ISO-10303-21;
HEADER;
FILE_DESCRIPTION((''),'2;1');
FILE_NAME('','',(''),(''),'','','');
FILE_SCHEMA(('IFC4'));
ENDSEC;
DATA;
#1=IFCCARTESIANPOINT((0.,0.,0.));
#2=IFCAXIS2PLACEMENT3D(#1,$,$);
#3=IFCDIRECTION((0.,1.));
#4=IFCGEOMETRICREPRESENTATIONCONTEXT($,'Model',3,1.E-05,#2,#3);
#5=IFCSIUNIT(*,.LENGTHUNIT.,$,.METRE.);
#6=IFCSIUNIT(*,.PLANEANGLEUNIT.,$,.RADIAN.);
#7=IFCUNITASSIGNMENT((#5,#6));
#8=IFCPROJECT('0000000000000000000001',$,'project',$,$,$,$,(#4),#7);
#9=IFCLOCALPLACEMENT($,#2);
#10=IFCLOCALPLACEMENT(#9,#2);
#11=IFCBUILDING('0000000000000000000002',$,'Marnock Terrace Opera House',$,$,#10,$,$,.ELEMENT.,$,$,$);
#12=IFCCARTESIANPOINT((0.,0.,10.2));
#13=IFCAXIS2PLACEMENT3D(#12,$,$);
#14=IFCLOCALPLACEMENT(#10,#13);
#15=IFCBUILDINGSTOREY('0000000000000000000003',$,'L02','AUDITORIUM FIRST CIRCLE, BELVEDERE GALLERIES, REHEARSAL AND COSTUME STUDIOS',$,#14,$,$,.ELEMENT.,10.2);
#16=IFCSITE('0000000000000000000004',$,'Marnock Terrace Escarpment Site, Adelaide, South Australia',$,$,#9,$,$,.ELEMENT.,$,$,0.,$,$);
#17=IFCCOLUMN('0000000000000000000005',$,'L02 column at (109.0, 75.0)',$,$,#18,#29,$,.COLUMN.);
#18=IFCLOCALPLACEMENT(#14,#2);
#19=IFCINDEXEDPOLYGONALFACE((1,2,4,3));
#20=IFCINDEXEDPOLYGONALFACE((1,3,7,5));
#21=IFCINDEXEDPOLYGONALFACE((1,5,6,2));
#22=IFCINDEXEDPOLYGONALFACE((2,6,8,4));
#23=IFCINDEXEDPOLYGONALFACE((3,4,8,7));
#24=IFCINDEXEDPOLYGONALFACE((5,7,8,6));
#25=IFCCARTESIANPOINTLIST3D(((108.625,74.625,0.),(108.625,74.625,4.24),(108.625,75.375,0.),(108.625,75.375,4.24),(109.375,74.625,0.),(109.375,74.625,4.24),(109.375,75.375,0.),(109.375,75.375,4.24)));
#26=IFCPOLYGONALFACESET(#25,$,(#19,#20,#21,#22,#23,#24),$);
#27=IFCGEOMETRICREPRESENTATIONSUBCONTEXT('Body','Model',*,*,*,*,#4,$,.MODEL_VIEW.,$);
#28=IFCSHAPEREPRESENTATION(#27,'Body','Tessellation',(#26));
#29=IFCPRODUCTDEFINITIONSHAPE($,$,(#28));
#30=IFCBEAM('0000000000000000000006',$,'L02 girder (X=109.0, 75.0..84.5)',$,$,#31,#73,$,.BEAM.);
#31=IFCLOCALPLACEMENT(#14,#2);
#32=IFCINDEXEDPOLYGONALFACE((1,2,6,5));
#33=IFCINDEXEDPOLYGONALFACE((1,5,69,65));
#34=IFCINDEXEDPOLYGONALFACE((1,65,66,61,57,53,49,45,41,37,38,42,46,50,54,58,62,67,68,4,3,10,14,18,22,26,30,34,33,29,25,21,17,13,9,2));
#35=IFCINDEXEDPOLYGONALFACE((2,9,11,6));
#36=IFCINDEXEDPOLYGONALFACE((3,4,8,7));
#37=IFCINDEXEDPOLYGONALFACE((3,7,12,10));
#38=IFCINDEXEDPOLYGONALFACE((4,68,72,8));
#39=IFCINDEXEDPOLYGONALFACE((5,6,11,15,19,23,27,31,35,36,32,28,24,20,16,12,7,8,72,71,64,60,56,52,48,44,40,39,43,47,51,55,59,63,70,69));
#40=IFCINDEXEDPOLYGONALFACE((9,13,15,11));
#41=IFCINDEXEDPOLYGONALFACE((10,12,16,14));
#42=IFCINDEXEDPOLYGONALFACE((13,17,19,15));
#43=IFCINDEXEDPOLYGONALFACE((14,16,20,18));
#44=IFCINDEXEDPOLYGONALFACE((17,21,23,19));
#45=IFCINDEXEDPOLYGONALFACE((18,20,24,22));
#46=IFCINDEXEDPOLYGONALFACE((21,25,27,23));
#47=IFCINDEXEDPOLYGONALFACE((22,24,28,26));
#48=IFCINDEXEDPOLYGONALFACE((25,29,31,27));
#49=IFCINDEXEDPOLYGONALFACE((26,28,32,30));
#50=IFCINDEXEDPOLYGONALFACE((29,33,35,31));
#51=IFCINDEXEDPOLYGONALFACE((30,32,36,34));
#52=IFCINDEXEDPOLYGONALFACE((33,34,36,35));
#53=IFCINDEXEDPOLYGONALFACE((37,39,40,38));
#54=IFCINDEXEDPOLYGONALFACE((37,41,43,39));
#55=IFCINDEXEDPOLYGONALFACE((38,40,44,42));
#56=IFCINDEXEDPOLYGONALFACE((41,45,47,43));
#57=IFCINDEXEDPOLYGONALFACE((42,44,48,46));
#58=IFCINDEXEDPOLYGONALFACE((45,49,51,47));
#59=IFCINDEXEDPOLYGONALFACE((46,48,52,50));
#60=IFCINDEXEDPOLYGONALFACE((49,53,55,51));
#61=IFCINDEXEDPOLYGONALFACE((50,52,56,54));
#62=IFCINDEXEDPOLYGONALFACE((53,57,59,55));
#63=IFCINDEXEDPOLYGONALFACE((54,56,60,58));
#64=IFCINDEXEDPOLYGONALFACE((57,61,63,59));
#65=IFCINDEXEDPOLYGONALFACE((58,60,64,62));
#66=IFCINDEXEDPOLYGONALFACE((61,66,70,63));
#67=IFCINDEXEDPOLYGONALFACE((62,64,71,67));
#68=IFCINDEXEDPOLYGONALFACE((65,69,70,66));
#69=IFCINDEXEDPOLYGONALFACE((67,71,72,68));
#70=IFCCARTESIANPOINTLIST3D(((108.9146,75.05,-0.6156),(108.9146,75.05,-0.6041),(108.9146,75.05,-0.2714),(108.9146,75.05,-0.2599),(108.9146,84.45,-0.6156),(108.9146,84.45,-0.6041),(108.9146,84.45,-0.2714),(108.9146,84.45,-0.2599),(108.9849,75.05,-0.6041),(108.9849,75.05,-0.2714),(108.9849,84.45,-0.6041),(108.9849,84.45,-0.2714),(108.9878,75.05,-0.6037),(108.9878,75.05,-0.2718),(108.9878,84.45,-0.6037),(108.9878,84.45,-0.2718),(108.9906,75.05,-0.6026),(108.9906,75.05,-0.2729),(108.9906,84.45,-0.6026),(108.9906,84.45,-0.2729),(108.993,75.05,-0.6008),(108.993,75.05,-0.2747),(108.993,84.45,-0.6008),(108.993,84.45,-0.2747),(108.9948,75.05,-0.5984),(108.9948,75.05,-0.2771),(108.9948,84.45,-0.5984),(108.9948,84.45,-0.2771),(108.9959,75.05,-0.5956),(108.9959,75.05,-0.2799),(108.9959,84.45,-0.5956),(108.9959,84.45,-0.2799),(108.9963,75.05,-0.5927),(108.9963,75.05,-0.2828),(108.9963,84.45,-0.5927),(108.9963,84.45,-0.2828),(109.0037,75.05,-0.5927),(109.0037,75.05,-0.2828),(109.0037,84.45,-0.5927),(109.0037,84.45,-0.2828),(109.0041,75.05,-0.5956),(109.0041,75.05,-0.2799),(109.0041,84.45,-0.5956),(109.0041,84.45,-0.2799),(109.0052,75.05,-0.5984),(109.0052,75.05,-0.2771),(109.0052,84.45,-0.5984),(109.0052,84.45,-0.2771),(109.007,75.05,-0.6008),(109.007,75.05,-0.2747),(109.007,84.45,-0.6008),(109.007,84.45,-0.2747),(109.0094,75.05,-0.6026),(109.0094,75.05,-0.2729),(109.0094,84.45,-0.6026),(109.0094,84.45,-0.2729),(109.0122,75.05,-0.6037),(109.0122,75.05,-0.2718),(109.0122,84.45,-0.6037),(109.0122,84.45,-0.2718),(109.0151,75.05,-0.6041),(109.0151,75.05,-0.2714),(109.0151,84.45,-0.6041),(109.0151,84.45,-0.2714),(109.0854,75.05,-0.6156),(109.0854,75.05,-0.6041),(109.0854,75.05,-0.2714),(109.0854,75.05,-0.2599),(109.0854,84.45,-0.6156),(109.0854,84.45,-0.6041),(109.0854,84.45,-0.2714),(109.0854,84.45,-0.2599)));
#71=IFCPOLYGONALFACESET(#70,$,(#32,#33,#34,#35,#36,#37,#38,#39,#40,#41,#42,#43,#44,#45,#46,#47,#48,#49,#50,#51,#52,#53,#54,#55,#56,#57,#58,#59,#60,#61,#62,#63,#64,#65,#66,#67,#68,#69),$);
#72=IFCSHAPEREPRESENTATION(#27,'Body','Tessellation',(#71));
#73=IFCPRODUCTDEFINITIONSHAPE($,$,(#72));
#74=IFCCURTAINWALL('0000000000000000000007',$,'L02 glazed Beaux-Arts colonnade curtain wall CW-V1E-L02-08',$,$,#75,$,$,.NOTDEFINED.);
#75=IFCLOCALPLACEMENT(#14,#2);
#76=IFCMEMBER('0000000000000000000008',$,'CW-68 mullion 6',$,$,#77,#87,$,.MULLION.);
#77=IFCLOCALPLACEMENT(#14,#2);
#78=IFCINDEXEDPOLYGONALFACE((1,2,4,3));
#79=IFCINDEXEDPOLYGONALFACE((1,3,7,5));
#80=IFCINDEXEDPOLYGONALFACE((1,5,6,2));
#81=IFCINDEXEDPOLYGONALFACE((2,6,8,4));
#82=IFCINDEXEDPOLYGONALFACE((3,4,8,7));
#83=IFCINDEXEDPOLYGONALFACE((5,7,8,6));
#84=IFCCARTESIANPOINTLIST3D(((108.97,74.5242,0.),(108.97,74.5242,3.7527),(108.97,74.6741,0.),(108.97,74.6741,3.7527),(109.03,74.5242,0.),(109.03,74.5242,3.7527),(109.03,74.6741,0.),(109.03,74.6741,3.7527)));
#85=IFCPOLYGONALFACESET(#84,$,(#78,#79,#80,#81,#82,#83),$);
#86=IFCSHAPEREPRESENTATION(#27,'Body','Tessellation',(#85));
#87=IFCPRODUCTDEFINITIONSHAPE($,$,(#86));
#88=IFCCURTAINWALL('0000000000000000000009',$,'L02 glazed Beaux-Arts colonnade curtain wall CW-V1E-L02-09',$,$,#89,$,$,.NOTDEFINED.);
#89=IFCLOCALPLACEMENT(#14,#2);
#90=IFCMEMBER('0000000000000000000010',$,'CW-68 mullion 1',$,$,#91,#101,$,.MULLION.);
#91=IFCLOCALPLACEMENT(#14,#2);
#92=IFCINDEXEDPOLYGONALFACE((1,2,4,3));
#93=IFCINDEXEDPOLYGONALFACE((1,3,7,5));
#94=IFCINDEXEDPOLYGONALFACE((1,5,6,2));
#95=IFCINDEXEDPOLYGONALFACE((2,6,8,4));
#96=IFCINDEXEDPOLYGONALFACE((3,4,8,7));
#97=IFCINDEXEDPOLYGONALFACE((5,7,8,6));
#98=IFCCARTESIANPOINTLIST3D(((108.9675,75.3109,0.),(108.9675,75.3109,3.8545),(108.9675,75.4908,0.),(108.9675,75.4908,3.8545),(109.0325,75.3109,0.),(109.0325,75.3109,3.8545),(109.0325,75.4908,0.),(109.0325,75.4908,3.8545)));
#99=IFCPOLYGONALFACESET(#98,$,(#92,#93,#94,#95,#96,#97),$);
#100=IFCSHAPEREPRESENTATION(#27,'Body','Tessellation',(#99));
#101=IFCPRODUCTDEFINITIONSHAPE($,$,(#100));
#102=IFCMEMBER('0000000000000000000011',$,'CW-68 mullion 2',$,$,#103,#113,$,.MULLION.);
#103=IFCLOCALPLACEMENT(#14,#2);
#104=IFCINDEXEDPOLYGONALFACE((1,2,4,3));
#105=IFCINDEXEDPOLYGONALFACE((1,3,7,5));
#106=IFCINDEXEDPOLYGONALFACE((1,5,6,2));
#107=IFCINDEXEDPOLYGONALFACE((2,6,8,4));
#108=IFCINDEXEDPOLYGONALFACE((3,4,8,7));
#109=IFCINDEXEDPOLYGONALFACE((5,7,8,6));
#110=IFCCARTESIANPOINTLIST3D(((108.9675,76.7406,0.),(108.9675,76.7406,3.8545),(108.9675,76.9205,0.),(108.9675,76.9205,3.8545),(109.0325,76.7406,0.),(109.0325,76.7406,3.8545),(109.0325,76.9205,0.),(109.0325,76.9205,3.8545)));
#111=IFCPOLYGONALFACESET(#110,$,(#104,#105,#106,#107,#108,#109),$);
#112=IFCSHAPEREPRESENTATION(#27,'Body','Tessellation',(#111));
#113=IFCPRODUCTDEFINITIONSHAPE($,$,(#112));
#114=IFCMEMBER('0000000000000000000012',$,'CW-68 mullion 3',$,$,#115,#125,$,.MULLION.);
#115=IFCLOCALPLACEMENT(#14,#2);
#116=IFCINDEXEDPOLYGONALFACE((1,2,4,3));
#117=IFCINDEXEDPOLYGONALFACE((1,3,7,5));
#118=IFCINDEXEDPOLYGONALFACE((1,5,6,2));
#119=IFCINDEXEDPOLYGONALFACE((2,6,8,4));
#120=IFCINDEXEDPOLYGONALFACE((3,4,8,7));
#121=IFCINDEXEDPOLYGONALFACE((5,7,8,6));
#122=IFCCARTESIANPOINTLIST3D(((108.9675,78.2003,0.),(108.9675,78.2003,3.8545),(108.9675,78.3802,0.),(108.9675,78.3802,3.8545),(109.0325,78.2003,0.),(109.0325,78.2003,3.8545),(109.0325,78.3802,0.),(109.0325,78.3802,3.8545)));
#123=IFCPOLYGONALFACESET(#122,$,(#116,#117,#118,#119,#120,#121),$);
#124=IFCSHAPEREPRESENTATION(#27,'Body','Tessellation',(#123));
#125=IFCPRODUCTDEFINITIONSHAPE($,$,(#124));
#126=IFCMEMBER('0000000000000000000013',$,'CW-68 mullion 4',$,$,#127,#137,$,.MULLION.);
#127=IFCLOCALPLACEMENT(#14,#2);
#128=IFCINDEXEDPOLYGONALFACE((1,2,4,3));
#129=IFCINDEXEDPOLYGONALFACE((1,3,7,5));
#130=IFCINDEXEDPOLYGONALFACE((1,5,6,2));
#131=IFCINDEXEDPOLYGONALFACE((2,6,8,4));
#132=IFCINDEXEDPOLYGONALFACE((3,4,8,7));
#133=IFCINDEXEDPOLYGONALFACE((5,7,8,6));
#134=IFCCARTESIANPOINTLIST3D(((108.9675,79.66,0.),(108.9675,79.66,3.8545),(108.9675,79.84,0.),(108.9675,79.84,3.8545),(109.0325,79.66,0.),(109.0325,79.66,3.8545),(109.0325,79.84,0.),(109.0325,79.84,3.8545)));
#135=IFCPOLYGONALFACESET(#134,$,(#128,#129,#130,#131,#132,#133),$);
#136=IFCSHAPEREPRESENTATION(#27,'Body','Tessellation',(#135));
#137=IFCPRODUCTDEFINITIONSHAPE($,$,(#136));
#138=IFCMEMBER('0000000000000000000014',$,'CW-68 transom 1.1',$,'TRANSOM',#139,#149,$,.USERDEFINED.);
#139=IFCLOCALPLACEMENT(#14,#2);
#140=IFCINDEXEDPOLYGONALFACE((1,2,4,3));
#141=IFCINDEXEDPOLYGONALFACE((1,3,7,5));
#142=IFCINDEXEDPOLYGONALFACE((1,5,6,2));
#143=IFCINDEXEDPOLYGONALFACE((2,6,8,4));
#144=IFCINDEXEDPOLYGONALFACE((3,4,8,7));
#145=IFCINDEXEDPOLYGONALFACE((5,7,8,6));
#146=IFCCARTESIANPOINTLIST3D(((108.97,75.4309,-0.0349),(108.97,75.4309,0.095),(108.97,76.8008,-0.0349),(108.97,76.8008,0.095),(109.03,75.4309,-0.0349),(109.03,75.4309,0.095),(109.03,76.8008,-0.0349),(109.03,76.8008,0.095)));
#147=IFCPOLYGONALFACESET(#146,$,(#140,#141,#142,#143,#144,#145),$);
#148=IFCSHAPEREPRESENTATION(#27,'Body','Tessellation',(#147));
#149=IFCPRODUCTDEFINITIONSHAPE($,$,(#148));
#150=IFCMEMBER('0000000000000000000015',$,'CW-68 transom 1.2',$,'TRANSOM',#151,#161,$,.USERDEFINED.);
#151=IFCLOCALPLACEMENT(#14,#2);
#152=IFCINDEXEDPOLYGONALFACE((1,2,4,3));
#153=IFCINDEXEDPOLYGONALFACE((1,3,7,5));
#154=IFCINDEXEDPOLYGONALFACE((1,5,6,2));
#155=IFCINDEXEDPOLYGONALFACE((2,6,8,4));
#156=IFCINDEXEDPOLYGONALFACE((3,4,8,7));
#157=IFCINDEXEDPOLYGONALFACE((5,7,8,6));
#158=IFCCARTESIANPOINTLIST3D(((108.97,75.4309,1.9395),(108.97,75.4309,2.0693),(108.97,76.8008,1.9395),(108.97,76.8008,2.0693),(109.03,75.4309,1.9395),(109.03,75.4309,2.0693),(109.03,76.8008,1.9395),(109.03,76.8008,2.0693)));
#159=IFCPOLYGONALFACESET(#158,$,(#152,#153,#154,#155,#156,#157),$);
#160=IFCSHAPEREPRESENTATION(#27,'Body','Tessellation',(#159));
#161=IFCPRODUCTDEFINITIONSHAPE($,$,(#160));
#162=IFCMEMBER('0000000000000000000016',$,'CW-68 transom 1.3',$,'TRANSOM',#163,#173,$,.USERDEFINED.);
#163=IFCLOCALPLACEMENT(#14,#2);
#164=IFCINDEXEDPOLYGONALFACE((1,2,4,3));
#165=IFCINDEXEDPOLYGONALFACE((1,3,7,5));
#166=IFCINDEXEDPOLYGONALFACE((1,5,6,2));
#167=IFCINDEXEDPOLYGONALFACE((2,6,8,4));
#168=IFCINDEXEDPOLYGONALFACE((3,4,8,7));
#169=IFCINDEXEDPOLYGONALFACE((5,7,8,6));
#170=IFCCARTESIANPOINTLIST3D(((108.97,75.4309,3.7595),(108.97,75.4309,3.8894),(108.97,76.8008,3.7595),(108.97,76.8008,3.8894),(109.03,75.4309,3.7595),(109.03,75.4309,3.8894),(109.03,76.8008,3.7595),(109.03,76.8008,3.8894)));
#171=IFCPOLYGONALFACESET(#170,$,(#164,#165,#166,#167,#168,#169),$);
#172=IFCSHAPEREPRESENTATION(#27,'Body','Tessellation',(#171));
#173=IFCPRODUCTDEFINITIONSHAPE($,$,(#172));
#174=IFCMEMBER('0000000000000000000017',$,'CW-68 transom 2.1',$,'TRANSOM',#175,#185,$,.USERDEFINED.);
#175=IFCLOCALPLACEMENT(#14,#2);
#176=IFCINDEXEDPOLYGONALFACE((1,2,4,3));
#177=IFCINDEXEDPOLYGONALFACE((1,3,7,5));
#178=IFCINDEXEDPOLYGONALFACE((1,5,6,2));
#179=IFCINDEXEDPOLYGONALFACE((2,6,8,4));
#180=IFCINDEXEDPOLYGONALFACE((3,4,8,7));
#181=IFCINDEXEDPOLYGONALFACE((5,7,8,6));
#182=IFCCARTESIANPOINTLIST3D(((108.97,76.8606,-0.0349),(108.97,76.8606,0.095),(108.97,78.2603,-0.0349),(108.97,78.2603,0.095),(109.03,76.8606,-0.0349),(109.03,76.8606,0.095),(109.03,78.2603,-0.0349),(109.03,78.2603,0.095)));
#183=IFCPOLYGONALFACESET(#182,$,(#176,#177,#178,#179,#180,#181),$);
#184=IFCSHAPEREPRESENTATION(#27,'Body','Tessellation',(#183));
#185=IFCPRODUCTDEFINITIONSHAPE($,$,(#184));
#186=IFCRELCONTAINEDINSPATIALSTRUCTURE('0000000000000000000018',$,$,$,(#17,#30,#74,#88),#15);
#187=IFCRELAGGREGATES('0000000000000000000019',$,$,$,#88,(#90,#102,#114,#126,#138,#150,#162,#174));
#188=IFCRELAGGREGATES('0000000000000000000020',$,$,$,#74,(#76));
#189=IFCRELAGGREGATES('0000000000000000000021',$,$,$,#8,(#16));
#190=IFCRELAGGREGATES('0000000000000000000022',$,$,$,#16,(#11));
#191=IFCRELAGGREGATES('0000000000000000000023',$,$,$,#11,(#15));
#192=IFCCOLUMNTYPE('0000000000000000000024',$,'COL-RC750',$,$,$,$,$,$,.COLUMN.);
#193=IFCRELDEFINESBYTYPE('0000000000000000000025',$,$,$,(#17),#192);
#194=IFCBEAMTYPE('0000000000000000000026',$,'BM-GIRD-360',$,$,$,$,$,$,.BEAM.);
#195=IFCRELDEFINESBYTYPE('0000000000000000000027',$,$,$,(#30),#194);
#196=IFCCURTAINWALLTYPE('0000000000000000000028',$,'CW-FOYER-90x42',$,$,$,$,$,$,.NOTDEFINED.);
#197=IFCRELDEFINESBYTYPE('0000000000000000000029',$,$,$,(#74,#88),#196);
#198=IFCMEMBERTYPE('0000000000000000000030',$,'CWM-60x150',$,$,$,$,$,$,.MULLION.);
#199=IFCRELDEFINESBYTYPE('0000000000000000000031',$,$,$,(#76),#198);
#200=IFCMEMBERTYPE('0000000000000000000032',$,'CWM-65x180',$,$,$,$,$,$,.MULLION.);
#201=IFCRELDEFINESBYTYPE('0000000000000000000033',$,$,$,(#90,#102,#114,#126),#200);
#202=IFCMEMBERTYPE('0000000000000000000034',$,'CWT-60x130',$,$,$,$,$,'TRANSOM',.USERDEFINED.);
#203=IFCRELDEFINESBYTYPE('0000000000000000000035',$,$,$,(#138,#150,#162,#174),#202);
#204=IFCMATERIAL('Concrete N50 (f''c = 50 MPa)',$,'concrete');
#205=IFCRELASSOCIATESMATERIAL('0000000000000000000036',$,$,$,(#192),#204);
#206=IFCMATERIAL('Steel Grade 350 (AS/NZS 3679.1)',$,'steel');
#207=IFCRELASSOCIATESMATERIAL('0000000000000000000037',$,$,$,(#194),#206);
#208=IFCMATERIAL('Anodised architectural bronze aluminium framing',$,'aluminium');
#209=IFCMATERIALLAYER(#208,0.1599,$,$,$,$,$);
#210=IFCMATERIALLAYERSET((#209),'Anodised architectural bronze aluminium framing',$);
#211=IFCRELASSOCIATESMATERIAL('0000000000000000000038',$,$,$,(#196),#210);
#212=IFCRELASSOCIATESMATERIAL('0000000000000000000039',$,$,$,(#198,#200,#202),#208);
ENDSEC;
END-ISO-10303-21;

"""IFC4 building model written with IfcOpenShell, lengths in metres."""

from ifc_helpers import new_model, si_unit, direction, frame, origin, origin_2d, place, context, subcontext, project, spatial, rectangle, i_section, extrude, material, layer, layer_set, material_profile, profile_set, type_object, element, aggregate, save


model = new_model("IFC4")

# Units and contexts
model_context = context("Model", 3, precision=1e-05, world=origin(), true_north=direction((0.0, 1.0)))
body_context = subcontext(model_context, "Body", "Model", "MODEL_VIEW")
ifc_project = project(units=[si_unit("LENGTHUNIT", "METRE"), si_unit("PLANEANGLEUNIT", "RADIAN")], contexts=[model_context])

# Site, building, storey
site_placement = place(None, origin())
site = spatial("IfcSite", under=ifc_project, at=site_placement, Name="Marnock Terrace Escarpment Site, Adelaide, South Australia", CompositionType="ELEMENT", RefElevation=0.0)
building_placement = place(site_placement, origin())
building = spatial("IfcBuilding", under=site, at=building_placement, Name="Marnock Terrace Opera House", CompositionType="ELEMENT")
storey_placement = place(building_placement, frame((0.0, 0.0, 10.2)))
storey = spatial("IfcBuildingStorey", under=building, at=storey_placement, Name="L02", Description="AUDITORIUM FIRST CIRCLE, BELVEDERE GALLERIES, REHEARSAL AND COSTUME STUDIOS", CompositionType="ELEMENT", Elevation=10.2)

# Column
ifc_material_1 = material(Name="Concrete N50 (f'c = 50 MPa)", Category="concrete")
ifc_material_profile_1 = material_profile(ifc_material_1, rectangle(XDim=0.75, YDim=0.75, at=origin_2d()))
ifc_profile_set_1 = profile_set([ifc_material_profile_1], Name="Concrete N50 (f'c = 50 MPa)")
column_type = type_object("IfcColumnType", Name="COL-RC750", PredefinedType="COLUMN", material=ifc_profile_set_1)
column_placement = place(storey_placement, frame((109.0, 75.0, 0.0), z_axis=(0.0, 0.0, 1.0), x_axis=(1.0, 0.0, 0.0)))
element("IfcColumn", 1, at=column_placement, inside=storey, type_object=column_type, Name="L02 column at (109.0, 75.0)", PredefinedType="COLUMN", context=body_context, shape_type="SweptSolid", body=[
    extrude(rectangle(XDim=0.75, YDim=0.75, at=origin_2d()), origin(), (0.0, 0.0, 1.0), 4.24),
])

# Beam
ifc_material_2 = material(Name="Steel Grade 350 (AS/NZS 3679.1)", Category="steel")
ifc_material_profile_2 = material_profile(ifc_material_2, i_section(OverallWidth=0.1709, OverallDepth=0.3557, WebThickness=0.0073, FlangeThickness=0.0115, FilletRadius=0.0115, at=origin_2d()))
ifc_profile_set_2 = profile_set([ifc_material_profile_2], Name="Steel Grade 350 (AS/NZS 3679.1)")
beam_type = type_object("IfcBeamType", Name="BM-GIRD-360", PredefinedType="BEAM", material=ifc_profile_set_2)
beam_placement = place(storey_placement, frame((109.0, 75.05, -0.4377), z_axis=(0.0, 1.0, 0.0), x_axis=(-1.0, 0.0, 0.0)))
element("IfcBeam", 2, at=beam_placement, inside=storey, type_object=beam_type, Name="L02 girder (X=109.0, 75.0..84.5)", PredefinedType="BEAM", context=body_context, shape_type="SweptSolid", body=[
    extrude(i_section(OverallWidth=0.1709, OverallDepth=0.3557, WebThickness=0.0073, FlangeThickness=0.0115, FilletRadius=0.0115, at=origin_2d()), origin(), (0.0, 0.0, 1.0), 9.3999),
])

# Curtain wall, member
ifc_material_3 = material(Name="Anodised architectural bronze aluminium framing", Category="aluminium")
ifc_layer_1 = layer(ifc_material_3, 0.1599)
ifc_layer_set_1 = layer_set([ifc_layer_1], Name="Anodised architectural bronze aluminium framing")
curtain_wall_type = type_object("IfcCurtainWallType", Name="CW-FOYER-90x42", PredefinedType="NOTDEFINED", material=ifc_layer_set_1)
curtain_wall_1_placement = place(storey_placement, origin())
curtain_wall_1 = element("IfcCurtainWall", 3, at=curtain_wall_1_placement, inside=storey, type_object=curtain_wall_type, Name="L02 glazed Beaux-Arts colonnade curtain wall CW-V1E-L02-08", PredefinedType="NOTDEFINED")
ifc_material_profile_3 = material_profile(ifc_material_3, rectangle(XDim=0.0601, YDim=0.1499, at=origin_2d()))
ifc_profile_set_3 = profile_set([ifc_material_profile_3], Name="Anodised architectural bronze aluminium framing")
member_type_1 = type_object("IfcMemberType", Name="CWM-60x150", PredefinedType="MULLION", material=ifc_profile_set_3)
member_1_placement = place(storey_placement, frame((109.0, 74.5991, 0.0), z_axis=(0.0, 0.0, 1.0), x_axis=(-1.0, 0.0, 0.0)))
member_1 = element("IfcMember", 4, at=member_1_placement, type_object=member_type_1, Name="CW-68 mullion 6", PredefinedType="MULLION", context=body_context, shape_type="SweptSolid", body=[
    extrude(rectangle(XDim=0.0601, YDim=0.1499, at=origin_2d()), origin(), (0.0, 0.0, 1.0), 3.7527),
])

# Curtain wall, members
curtain_wall_2_placement = place(storey_placement, origin())
curtain_wall_2 = element("IfcCurtainWall", 5, at=curtain_wall_2_placement, inside=storey, type_object=curtain_wall_type, Name="L02 glazed Beaux-Arts colonnade curtain wall CW-V1E-L02-09", PredefinedType="NOTDEFINED")
ifc_material_profile_4 = material_profile(ifc_material_3, rectangle(XDim=0.0649, YDim=0.1799, at=origin_2d()))
ifc_profile_set_4 = profile_set([ifc_material_profile_4], Name="Anodised architectural bronze aluminium framing")
member_type_2 = type_object("IfcMemberType", Name="CWM-65x180", PredefinedType="MULLION", material=ifc_profile_set_4)
member_2_placement = place(storey_placement, frame((109.0, 75.4009, 0.0), z_axis=(0.0, 0.0, 1.0), x_axis=(-1.0, 0.0, 0.0)))
member_2 = element("IfcMember", 6, at=member_2_placement, type_object=member_type_2, Name="CW-68 mullion 1", PredefinedType="MULLION", context=body_context, shape_type="SweptSolid", body=[
    extrude(rectangle(XDim=0.0649, YDim=0.1799, at=origin_2d()), origin(), (0.0, 0.0, 1.0), 3.8545),
])
member_3_placement = place(storey_placement, frame((109.0, 76.8306, 0.0), z_axis=(0.0, 0.0, 1.0), x_axis=(-1.0, 0.0, 0.0)))
member_3 = element("IfcMember", 7, at=member_3_placement, type_object=member_type_2, Name="CW-68 mullion 2", PredefinedType="MULLION", context=body_context, shape_type="SweptSolid", body=[
    extrude(rectangle(XDim=0.0649, YDim=0.1799, at=origin_2d()), origin(), (0.0, 0.0, 1.0), 3.8545),
])
member_4_placement = place(storey_placement, frame((109.0, 78.2903, 0.0), z_axis=(0.0, 0.0, 1.0), x_axis=(-1.0, 0.0, 0.0)))
member_4 = element("IfcMember", 8, at=member_4_placement, type_object=member_type_2, Name="CW-68 mullion 3", PredefinedType="MULLION", context=body_context, shape_type="SweptSolid", body=[
    extrude(rectangle(XDim=0.0649, YDim=0.1799, at=origin_2d()), origin(), (0.0, 0.0, 1.0), 3.8545),
])
member_5_placement = place(storey_placement, frame((109.0, 79.75, 0.0), z_axis=(0.0, 0.0, 1.0), x_axis=(-1.0, 0.0, 0.0)))
member_5 = element("IfcMember", 9, at=member_5_placement, type_object=member_type_2, Name="CW-68 mullion 4", PredefinedType="MULLION", context=body_context, shape_type="SweptSolid", body=[
    extrude(rectangle(XDim=0.0649, YDim=0.1799, at=origin_2d()), origin(), (0.0, 0.0, 1.0), 3.8545),
])
ifc_material_profile_5 = material_profile(ifc_material_3, rectangle(XDim=0.0601, YDim=0.1299, at=origin_2d()))
ifc_profile_set_5 = profile_set([ifc_material_profile_5], Name="Anodised architectural bronze aluminium framing")
member_type_3 = type_object("IfcMemberType", Name="CWT-60x130", ElementType="TRANSOM", PredefinedType="USERDEFINED", material=ifc_profile_set_5)
member_6_placement = place(storey_placement, frame((109.0, 75.4309, 0.03), z_axis=(0.0, 1.0, 0.0), x_axis=(-1.0, 0.0, 0.0)))
member_6 = element("IfcMember", 10, at=member_6_placement, type_object=member_type_3, Name="CW-68 transom 1.1", ObjectType="TRANSOM", PredefinedType="USERDEFINED", context=body_context, shape_type="SweptSolid", body=[
    extrude(rectangle(XDim=0.0601, YDim=0.1299, at=origin_2d()), origin(), (0.0, 0.0, 1.0), 1.3699),
])
member_7_placement = place(storey_placement, frame((109.0, 75.4309, 2.0044), z_axis=(0.0, 1.0, 0.0), x_axis=(-1.0, 0.0, 0.0)))
member_7 = element("IfcMember", 11, at=member_7_placement, type_object=member_type_3, Name="CW-68 transom 1.2", ObjectType="TRANSOM", PredefinedType="USERDEFINED", context=body_context, shape_type="SweptSolid", body=[
    extrude(rectangle(XDim=0.0601, YDim=0.1299, at=origin_2d()), origin(), (0.0, 0.0, 1.0), 1.3699),
])
member_8_placement = place(storey_placement, frame((109.0, 75.4309, 3.8245), z_axis=(0.0, 1.0, 0.0), x_axis=(-1.0, 0.0, 0.0)))
member_8 = element("IfcMember", 12, at=member_8_placement, type_object=member_type_3, Name="CW-68 transom 1.3", ObjectType="TRANSOM", PredefinedType="USERDEFINED", context=body_context, shape_type="SweptSolid", body=[
    extrude(rectangle(XDim=0.0601, YDim=0.1299, at=origin_2d()), origin(), (0.0, 0.0, 1.0), 1.3699),
])
member_9_placement = place(storey_placement, frame((109.0, 76.8606, 0.03), z_axis=(0.0, 1.0, 0.0), x_axis=(-1.0, 0.0, 0.0)))
member_9 = element("IfcMember", 13, at=member_9_placement, type_object=member_type_3, Name="CW-68 transom 2.1", ObjectType="TRANSOM", PredefinedType="USERDEFINED", context=body_context, shape_type="SweptSolid", body=[
    extrude(rectangle(XDim=0.0601, YDim=0.1299, at=origin_2d()), origin(), (0.0, 0.0, 1.0), 1.3997),
])
aggregate(curtain_wall_2, [member_2, member_3, member_4, member_5, member_6, member_7, member_8, member_9])

aggregate(curtain_wall_1, [member_1])

save(model, "model.ifc")
